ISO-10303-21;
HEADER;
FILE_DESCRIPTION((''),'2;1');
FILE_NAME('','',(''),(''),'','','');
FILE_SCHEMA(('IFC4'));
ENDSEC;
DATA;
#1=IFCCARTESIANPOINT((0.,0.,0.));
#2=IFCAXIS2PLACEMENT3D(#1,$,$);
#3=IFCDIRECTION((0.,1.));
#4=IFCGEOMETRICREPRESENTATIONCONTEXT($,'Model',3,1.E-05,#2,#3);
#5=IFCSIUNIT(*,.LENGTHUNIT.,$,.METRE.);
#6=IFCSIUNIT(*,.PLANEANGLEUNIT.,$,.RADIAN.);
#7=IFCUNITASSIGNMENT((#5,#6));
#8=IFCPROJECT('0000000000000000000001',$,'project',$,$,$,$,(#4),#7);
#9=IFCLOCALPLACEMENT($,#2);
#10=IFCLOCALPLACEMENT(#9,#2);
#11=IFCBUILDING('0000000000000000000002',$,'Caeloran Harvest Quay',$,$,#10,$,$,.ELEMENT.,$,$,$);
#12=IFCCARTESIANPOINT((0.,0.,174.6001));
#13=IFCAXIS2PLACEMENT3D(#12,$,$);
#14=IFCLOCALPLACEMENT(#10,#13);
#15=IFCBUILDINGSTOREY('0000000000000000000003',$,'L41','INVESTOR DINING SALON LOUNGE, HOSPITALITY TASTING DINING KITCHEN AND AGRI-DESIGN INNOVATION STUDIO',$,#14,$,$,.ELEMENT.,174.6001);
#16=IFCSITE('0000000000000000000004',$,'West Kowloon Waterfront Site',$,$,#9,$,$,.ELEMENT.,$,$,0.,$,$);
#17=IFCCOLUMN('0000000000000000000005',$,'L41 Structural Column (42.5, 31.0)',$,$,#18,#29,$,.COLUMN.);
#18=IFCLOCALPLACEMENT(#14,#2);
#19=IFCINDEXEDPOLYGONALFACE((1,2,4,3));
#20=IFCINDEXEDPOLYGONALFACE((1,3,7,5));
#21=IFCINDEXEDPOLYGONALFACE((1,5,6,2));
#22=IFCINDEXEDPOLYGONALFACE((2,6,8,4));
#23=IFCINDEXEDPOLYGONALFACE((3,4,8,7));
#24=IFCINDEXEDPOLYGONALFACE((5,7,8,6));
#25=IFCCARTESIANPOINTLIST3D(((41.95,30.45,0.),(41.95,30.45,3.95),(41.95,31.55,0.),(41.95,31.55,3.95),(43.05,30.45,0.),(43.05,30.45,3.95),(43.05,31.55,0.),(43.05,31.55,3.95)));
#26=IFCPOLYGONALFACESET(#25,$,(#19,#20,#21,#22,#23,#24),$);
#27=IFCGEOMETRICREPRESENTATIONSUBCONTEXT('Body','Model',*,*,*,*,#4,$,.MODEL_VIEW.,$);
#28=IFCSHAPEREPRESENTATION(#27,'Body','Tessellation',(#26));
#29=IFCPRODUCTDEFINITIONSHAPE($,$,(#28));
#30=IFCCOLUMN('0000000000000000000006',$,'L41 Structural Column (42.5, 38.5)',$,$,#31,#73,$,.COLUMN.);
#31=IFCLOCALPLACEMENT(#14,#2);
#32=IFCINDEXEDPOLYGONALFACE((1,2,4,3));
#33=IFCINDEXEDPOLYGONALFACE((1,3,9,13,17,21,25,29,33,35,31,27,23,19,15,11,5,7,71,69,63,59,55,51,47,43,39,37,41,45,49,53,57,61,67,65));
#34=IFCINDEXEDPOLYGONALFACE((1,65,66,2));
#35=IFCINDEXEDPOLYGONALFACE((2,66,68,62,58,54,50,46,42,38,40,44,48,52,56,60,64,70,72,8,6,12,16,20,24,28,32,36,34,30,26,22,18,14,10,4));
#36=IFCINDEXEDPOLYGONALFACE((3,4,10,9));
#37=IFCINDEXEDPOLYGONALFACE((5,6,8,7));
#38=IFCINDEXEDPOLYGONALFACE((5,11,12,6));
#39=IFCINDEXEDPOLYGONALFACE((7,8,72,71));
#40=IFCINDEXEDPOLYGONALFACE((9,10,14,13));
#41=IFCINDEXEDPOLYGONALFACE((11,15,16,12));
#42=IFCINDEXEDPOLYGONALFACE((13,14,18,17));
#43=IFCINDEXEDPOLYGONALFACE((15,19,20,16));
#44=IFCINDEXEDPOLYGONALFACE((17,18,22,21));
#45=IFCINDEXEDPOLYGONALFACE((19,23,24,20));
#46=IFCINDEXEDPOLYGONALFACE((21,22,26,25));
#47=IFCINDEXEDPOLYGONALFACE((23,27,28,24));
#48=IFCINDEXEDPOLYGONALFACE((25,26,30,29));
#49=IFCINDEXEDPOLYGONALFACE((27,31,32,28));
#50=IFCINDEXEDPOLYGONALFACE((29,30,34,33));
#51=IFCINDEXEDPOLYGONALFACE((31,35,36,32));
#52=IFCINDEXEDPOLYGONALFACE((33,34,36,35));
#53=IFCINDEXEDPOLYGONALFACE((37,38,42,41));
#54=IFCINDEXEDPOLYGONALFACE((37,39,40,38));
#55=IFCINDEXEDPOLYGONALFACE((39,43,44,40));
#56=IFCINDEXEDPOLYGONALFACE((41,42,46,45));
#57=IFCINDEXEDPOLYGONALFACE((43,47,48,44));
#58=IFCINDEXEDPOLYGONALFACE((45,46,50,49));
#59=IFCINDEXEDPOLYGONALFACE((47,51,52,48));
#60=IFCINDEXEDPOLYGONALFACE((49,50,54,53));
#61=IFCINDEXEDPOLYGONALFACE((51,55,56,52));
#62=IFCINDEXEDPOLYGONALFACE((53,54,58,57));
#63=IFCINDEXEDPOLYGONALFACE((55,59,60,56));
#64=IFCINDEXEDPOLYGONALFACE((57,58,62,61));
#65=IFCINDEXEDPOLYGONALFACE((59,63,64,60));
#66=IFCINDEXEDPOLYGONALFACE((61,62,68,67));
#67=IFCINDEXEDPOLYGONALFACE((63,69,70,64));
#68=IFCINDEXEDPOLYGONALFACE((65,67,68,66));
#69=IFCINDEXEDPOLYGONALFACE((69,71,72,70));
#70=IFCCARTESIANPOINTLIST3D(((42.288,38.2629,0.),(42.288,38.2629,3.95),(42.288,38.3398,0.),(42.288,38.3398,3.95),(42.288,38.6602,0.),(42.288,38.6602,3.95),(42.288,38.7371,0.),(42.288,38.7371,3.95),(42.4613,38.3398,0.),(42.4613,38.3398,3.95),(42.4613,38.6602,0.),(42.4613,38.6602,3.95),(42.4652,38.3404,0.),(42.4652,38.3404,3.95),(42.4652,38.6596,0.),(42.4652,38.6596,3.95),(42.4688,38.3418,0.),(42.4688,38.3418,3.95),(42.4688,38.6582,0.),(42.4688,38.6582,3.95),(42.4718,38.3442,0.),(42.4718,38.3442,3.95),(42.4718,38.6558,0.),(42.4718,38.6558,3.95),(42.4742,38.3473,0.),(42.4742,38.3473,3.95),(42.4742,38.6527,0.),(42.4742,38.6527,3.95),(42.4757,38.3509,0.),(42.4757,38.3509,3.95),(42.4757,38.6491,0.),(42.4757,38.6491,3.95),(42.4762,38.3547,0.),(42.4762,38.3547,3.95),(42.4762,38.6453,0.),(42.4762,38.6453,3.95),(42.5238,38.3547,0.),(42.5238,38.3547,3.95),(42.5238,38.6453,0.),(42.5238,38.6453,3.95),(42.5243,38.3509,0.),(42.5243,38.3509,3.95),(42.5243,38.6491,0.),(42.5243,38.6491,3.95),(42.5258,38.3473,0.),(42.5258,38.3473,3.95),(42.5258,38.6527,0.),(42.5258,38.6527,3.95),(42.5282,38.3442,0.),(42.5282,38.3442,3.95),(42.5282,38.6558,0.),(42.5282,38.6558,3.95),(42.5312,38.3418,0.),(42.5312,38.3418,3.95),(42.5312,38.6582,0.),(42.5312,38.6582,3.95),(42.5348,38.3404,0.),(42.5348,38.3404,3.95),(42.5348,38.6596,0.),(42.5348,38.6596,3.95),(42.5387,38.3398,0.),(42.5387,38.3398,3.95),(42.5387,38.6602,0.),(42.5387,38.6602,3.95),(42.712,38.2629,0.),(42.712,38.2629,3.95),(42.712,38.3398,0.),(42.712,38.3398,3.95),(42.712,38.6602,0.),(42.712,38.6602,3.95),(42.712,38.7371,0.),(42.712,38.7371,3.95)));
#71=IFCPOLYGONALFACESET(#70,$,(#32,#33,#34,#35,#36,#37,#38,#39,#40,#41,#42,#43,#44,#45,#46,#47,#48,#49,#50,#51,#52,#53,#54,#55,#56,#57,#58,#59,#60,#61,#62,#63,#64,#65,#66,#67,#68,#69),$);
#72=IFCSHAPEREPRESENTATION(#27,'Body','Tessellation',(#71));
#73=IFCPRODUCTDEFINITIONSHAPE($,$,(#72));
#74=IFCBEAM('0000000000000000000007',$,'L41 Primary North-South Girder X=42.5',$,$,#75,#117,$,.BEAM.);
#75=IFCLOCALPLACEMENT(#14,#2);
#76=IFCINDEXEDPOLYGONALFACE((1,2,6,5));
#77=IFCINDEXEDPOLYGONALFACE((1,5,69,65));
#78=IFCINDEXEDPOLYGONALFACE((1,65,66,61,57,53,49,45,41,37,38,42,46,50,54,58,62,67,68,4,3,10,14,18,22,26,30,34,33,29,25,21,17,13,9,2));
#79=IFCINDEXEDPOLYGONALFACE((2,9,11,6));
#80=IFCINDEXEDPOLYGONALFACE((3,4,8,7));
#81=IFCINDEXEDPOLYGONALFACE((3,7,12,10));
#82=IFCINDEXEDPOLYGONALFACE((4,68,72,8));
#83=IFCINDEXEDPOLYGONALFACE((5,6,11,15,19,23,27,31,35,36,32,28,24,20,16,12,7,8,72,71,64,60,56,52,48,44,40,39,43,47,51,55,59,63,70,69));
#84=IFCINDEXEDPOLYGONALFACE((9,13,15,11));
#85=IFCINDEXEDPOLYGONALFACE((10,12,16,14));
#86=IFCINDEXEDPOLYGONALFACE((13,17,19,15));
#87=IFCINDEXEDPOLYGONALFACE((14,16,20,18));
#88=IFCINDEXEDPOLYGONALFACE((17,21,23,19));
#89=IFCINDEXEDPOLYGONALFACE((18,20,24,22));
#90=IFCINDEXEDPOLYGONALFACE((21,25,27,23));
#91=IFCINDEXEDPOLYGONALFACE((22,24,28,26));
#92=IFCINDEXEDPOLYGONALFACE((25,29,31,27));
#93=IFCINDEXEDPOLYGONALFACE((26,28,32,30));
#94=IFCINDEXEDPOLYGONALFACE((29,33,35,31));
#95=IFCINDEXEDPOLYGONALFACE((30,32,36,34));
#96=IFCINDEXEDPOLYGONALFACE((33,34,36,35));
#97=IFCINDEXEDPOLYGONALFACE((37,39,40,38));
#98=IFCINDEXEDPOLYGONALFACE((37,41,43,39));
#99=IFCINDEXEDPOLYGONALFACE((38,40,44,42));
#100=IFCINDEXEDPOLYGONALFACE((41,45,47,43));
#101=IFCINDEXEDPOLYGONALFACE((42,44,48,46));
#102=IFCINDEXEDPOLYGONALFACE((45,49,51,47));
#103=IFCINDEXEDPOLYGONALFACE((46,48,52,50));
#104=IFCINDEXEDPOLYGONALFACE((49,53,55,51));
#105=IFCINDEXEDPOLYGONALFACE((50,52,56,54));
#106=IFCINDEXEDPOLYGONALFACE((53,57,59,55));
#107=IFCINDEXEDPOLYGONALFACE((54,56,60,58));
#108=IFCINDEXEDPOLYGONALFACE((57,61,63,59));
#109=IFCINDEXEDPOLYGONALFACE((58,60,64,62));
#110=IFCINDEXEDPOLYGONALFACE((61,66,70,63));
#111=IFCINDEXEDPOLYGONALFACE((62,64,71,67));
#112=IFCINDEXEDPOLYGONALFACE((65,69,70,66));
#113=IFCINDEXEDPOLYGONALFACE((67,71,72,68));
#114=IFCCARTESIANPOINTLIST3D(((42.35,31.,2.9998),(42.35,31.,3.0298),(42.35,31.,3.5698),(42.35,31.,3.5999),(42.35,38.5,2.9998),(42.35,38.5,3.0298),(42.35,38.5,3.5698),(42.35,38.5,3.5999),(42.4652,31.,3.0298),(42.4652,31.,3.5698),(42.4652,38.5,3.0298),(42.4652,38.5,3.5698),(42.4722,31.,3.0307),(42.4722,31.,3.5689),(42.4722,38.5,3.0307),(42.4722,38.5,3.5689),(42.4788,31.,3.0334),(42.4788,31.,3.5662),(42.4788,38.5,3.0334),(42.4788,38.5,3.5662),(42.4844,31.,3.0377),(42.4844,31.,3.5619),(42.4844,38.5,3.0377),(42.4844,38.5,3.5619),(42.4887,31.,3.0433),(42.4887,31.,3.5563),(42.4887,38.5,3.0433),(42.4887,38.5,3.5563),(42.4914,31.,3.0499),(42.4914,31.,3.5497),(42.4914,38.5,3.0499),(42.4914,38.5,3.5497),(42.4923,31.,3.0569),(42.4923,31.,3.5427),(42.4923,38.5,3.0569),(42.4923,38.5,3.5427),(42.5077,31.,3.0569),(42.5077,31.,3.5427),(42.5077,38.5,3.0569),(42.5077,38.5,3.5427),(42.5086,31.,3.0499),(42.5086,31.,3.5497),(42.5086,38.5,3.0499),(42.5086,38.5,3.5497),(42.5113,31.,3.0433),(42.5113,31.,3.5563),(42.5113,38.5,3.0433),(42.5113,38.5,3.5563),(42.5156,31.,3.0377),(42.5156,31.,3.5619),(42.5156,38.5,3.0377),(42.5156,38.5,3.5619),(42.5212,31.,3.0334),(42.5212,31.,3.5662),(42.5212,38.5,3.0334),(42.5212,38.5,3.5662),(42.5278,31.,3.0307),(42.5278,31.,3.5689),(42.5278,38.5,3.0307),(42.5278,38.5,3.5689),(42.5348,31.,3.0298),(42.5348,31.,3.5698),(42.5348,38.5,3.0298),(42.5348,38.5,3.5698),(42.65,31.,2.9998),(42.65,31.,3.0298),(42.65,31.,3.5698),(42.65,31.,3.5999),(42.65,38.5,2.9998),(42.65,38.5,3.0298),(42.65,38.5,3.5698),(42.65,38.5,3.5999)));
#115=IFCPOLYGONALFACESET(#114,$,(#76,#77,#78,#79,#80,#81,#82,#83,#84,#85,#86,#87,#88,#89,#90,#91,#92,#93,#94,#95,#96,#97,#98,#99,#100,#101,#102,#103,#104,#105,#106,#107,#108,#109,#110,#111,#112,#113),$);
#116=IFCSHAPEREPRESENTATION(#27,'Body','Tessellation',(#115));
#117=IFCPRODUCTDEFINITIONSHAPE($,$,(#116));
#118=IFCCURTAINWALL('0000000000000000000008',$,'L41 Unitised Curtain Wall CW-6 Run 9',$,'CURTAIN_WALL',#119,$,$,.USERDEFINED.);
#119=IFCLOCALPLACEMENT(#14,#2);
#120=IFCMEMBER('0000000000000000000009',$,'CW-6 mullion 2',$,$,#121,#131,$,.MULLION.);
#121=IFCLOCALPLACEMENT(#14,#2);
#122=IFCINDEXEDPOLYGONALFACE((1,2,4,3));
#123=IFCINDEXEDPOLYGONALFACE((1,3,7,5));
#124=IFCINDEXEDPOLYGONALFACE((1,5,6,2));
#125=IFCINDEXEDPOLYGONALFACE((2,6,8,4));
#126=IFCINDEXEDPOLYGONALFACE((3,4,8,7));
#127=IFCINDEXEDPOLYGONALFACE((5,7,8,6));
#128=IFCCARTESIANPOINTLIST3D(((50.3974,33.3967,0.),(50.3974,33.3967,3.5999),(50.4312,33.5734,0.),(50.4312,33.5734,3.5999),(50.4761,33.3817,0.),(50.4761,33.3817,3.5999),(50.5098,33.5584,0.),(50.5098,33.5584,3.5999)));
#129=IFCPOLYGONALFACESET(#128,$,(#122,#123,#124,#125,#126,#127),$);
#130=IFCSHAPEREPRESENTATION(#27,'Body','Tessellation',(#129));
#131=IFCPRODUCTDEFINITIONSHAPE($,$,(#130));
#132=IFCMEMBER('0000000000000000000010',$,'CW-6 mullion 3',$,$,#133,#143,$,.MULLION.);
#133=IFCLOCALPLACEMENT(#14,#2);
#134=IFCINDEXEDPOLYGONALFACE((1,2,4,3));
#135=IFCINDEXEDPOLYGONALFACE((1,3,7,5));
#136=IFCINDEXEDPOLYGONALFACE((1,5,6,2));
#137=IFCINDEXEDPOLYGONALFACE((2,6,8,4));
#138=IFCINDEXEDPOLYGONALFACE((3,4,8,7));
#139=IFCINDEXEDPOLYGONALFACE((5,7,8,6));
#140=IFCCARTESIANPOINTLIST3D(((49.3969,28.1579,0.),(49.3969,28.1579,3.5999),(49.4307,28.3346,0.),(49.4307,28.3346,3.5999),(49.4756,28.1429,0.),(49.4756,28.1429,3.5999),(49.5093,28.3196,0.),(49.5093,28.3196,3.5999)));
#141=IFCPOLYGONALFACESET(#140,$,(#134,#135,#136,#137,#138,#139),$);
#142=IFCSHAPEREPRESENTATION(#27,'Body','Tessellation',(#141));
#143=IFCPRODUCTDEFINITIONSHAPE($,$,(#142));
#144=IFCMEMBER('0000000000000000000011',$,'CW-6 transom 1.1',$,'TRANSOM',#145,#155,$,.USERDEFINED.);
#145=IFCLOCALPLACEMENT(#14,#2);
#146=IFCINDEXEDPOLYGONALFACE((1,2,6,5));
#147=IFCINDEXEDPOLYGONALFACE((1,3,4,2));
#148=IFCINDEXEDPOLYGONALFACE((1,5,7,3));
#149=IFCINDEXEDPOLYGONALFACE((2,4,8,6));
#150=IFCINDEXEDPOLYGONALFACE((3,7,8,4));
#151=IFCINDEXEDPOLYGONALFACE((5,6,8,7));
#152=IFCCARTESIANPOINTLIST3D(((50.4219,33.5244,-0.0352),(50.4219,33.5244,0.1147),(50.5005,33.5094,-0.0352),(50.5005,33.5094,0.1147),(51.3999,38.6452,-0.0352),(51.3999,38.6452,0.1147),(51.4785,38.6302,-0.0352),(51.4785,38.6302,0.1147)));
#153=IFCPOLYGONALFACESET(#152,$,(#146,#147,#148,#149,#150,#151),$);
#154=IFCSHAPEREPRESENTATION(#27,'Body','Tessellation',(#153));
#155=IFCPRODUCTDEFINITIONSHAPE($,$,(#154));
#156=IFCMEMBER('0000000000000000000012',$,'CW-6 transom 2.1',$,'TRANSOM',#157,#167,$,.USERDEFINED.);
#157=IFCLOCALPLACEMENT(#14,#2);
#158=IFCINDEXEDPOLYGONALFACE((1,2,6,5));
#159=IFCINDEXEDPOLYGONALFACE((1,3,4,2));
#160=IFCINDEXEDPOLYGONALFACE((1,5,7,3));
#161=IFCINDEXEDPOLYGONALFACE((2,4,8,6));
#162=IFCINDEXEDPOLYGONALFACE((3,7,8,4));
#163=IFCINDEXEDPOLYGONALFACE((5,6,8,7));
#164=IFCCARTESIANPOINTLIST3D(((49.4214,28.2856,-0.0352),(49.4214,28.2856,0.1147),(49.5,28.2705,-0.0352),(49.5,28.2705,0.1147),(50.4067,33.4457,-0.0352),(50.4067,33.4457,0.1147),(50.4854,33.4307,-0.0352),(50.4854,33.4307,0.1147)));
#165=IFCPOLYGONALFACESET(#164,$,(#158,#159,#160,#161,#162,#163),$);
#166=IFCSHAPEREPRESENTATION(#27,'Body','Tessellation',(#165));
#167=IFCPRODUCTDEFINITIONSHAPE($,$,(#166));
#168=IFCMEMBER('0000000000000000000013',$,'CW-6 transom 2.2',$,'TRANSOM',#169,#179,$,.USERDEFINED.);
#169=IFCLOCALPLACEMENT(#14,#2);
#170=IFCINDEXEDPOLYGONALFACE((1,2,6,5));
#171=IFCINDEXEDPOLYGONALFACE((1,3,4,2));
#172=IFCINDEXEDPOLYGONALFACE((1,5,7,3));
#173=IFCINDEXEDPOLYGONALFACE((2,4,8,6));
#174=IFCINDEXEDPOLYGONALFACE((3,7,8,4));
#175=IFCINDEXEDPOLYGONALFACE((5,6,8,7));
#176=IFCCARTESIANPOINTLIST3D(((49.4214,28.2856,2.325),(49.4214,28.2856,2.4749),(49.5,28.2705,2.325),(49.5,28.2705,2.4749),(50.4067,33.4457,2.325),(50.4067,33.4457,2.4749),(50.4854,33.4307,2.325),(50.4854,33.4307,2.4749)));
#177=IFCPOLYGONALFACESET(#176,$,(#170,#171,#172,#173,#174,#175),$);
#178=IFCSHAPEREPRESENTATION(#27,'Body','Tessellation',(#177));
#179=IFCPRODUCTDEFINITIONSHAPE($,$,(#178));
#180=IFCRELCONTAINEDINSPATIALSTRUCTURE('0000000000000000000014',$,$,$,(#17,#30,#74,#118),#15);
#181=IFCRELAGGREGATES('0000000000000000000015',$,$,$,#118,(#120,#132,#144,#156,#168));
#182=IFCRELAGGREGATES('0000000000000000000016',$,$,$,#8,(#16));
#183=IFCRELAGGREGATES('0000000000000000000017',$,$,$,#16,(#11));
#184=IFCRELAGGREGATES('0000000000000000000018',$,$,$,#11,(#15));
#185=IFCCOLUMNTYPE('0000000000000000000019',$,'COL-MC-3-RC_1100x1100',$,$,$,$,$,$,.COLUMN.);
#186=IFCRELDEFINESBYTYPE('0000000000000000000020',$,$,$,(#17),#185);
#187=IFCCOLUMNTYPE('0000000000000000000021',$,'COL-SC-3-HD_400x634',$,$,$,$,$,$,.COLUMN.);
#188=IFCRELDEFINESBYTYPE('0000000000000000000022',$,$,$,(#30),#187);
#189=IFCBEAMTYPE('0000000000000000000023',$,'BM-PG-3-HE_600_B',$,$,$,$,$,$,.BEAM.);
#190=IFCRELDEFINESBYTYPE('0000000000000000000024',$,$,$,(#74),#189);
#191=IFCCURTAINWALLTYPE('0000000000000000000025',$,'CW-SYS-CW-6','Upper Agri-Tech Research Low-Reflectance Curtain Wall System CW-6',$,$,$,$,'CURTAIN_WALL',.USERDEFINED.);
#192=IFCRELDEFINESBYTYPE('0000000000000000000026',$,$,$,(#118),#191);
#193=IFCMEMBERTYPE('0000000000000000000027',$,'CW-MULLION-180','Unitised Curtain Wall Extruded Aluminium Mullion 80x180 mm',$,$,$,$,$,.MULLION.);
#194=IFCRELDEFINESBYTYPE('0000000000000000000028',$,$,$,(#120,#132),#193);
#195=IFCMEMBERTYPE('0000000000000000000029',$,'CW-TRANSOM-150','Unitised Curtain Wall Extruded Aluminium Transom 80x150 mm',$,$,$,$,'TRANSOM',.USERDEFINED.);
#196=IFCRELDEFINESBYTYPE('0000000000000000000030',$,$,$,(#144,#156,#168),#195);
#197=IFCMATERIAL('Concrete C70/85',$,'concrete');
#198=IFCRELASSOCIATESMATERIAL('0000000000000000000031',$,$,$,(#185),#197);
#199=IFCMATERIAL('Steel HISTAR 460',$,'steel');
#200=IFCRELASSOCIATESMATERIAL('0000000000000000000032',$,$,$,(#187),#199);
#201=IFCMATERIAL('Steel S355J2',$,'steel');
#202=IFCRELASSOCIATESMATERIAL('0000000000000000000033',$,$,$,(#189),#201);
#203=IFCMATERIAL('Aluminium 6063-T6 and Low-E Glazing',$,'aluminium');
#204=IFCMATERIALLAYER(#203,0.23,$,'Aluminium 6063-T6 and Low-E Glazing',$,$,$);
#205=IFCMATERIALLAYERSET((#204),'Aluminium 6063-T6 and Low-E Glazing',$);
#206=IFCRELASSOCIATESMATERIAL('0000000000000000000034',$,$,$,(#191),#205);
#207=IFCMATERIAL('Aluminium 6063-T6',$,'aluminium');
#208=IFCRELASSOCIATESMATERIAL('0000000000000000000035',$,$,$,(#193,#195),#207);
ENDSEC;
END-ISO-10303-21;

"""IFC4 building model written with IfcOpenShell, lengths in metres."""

from ifc_helpers import new_model, si_unit, direction, frame, origin, origin_2d, place, context, subcontext, project, spatial, rectangle, i_section, extrude, material, layer, layer_set, material_profile, profile_set, type_object, element, aggregate, save


model = new_model("IFC4")

# Units and contexts
model_context = context("Model", 3, precision=1e-05, world=origin(), true_north=direction((0.0, 1.0)))
body_context = subcontext(model_context, "Body", "Model", "MODEL_VIEW")
ifc_project = project(units=[si_unit("LENGTHUNIT", "METRE"), si_unit("PLANEANGLEUNIT", "RADIAN")], contexts=[model_context])

# Site, building, storey
site_placement = place(None, origin())
site = spatial("IfcSite", under=ifc_project, at=site_placement, Name="West Kowloon Waterfront Site", CompositionType="ELEMENT", RefElevation=0.0)
building_placement = place(site_placement, origin())
building = spatial("IfcBuilding", under=site, at=building_placement, Name="Caeloran Harvest Quay", CompositionType="ELEMENT")
storey_placement = place(building_placement, frame((0.0, 0.0, 174.6001)))
storey = spatial("IfcBuildingStorey", under=building, at=storey_placement, Name="L41", Description="INVESTOR DINING SALON LOUNGE, HOSPITALITY TASTING DINING KITCHEN AND AGRI-DESIGN INNOVATION STUDIO", CompositionType="ELEMENT", Elevation=174.6001)

# Columns
ifc_material_1 = material(Name="Concrete C70/85", Category="concrete")
ifc_material_profile_1 = material_profile(ifc_material_1, rectangle(XDim=1.1001, YDim=1.1001, at=origin_2d()), Name="RC 1100x1100")
ifc_profile_set_1 = profile_set([ifc_material_profile_1], Name="Concrete C70/85")
column_type_1 = type_object("IfcColumnType", Name="COL-MC-3-RC_1100x1100", PredefinedType="COLUMN", material=ifc_profile_set_1)
column_1_placement = place(storey_placement, frame((42.5, 31.0, 0.0), z_axis=(0.0, 0.0, 1.0), x_axis=(1.0, 0.0, 0.0)))
element("IfcColumn", 1, at=column_1_placement, inside=storey, type_object=column_type_1, Name="L41 Structural Column (42.5, 31.0)", PredefinedType="COLUMN", context=body_context, shape_type="SweptSolid", body=[
    extrude(rectangle(XDim=1.1001, YDim=1.1001, at=origin_2d()), origin(), (0.0, 0.0, 1.0), 3.95),
])
ifc_material_2 = material(Name="Steel HISTAR 460", Category="steel")
ifc_material_profile_2 = material_profile(ifc_material_2, i_section(OverallWidth=0.4241, OverallDepth=0.4741, WebThickness=0.0476, FlangeThickness=0.0769, FilletRadius=0.0149, at=origin_2d()), Name="HD 400x634")
ifc_profile_set_2 = profile_set([ifc_material_profile_2], Name="Steel HISTAR 460")
column_type_2 = type_object("IfcColumnType", Name="COL-SC-3-HD_400x634", PredefinedType="COLUMN", material=ifc_profile_set_2)
column_2_placement = place(storey_placement, frame((42.5, 38.5, 0.0), z_axis=(0.0, 0.0, 1.0), x_axis=(1.0, 0.0, 0.0)))
element("IfcColumn", 2, at=column_2_placement, inside=storey, type_object=column_type_2, Name="L41 Structural Column (42.5, 38.5)", PredefinedType="COLUMN", context=body_context, shape_type="SweptSolid", body=[
    extrude(i_section(OverallWidth=0.4241, OverallDepth=0.4741, WebThickness=0.0476, FlangeThickness=0.0769, FilletRadius=0.0149, at=origin_2d()), origin(), (0.0, 0.0, 1.0), 3.95),
])

# Beam
ifc_material_3 = material(Name="Steel S355J2", Category="steel")
ifc_material_profile_3 = material_profile(ifc_material_3, i_section(OverallWidth=0.3, OverallDepth=0.6001, WebThickness=0.0154, FlangeThickness=0.03, FilletRadius=0.0271, at=origin_2d()), Name="HE 600 B")
ifc_profile_set_3 = profile_set([ifc_material_profile_3], Name="Steel S355J2")
beam_type = type_object("IfcBeamType", Name="BM-PG-3-HE_600_B", PredefinedType="BEAM", material=ifc_profile_set_3)
beam_placement = place(storey_placement, frame((42.5, 31.0, 3.2998), z_axis=(0.0, 1.0, 0.0), x_axis=(-1.0, 0.0, 0.0)))
element("IfcBeam", 3, at=beam_placement, inside=storey, type_object=beam_type, Name="L41 Primary North-South Girder X=42.5", PredefinedType="BEAM", context=body_context, shape_type="SweptSolid", body=[
    extrude(i_section(OverallWidth=0.3, OverallDepth=0.6001, WebThickness=0.0154, FlangeThickness=0.03, FilletRadius=0.0271, at=origin_2d()), origin(), (0.0, 0.0, 1.0), 7.5),
])

# Curtain wall, members
ifc_material_4 = material(Name="Aluminium 6063-T6 and Low-E Glazing", Category="aluminium")
ifc_layer_1 = layer(ifc_material_4, 0.23, Name="Aluminium 6063-T6 and Low-E Glazing")
ifc_layer_set_1 = layer_set([ifc_layer_1], Name="Aluminium 6063-T6 and Low-E Glazing")
curtain_wall_type = type_object("IfcCurtainWallType", Name="CW-SYS-CW-6", Description="Upper Agri-Tech Research Low-Reflectance Curtain Wall System CW-6", ElementType="CURTAIN_WALL", PredefinedType="USERDEFINED", material=ifc_layer_set_1)
curtain_wall_placement = place(storey_placement, origin())
curtain_wall = element("IfcCurtainWall", 4, at=curtain_wall_placement, inside=storey, type_object=curtain_wall_type, Name="L41 Unitised Curtain Wall CW-6 Run 9", ObjectType="CURTAIN_WALL", PredefinedType="USERDEFINED")
ifc_material_5 = material(Name="Aluminium 6063-T6", Category="aluminium")
ifc_material_profile_4 = material_profile(ifc_material_5, rectangle(XDim=0.0801, YDim=0.1799, at=origin_2d()), Name="CW-MULLION-180")
ifc_profile_set_4 = profile_set([ifc_material_profile_4], Name="Aluminium 6063-T6")
member_type_1 = type_object("IfcMemberType", Name="CW-MULLION-180", Description="Unitised Curtain Wall Extruded Aluminium Mullion 80x180 mm", PredefinedType="MULLION", material=ifc_profile_set_4)
member_1_placement = place(storey_placement, frame((50.4536, 33.4775, 0.0), z_axis=(0.0, 0.0, 1.0), x_axis=(0.982248, -0.187588, 0.0)))
member_1 = element("IfcMember", 5, at=member_1_placement, type_object=member_type_1, Name="CW-6 mullion 2", PredefinedType="MULLION", context=body_context, shape_type="SweptSolid", body=[
    extrude(rectangle(XDim=0.0801, YDim=0.1799, at=origin_2d()), origin(), (0.0, 0.0, 1.0), 3.5999),
])
member_2_placement = place(storey_placement, frame((49.4531, 28.2388, 0.0), z_axis=(0.0, 0.0, 1.0), x_axis=(0.982248, -0.187588, 0.0)))
member_2 = element("IfcMember", 6, at=member_2_placement, type_object=member_type_1, Name="CW-6 mullion 3", PredefinedType="MULLION", context=body_context, shape_type="SweptSolid", body=[
    extrude(rectangle(XDim=0.0801, YDim=0.1799, at=origin_2d()), origin(), (0.0, 0.0, 1.0), 3.5999),
])
ifc_material_profile_5 = material_profile(ifc_material_5, rectangle(XDim=0.0801, YDim=0.1499, at=origin_2d()), Name="CW-TRANSOM-150")
ifc_profile_set_5 = profile_set([ifc_material_profile_5], Name="Aluminium 6063-T6")
member_type_2 = type_object("IfcMemberType", Name="CW-TRANSOM-150", Description="Unitised Curtain Wall Extruded Aluminium Transom 80x150 mm", ElementType="TRANSOM", PredefinedType="USERDEFINED", material=ifc_profile_set_5)
member_3_placement = place(storey_placement, frame((51.4392, 38.6377, 0.0398), z_axis=(-0.187598, -0.982246, 0.0), x_axis=(0.982246, -0.187598, 0.0)))
member_3 = element("IfcMember", 7, at=member_3_placement, type_object=member_type_2, Name="CW-6 transom 1.1", ObjectType="TRANSOM", PredefinedType="USERDEFINED", context=body_context, shape_type="SweptSolid", body=[
    extrude(rectangle(XDim=0.0801, YDim=0.1499, at=origin_2d()), origin(), (0.0, 0.0, 1.0), 5.2134),
])
member_4_placement = place(storey_placement, frame((50.446, 33.4382, 0.0398), z_axis=(-0.187565, -0.982252, 0.0), x_axis=(0.982252, -0.187565, 0.0)))
member_4 = element("IfcMember", 8, at=member_4_placement, type_object=member_type_2, Name="CW-6 transom 2.1", ObjectType="TRANSOM", PredefinedType="USERDEFINED", context=body_context, shape_type="SweptSolid", body=[
    extrude(rectangle(XDim=0.0801, YDim=0.1499, at=origin_2d()), origin(), (0.0, 0.0, 1.0), 5.2534),
])
member_5_placement = place(storey_placement, frame((50.446, 33.4382, 2.3999), z_axis=(-0.187565, -0.982252, 0.0), x_axis=(0.982252, -0.187565, 0.0)))
member_5 = element("IfcMember", 9, at=member_5_placement, type_object=member_type_2, Name="CW-6 transom 2.2", ObjectType="TRANSOM", PredefinedType="USERDEFINED", context=body_context, shape_type="SweptSolid", body=[
    extrude(rectangle(XDim=0.0801, YDim=0.1499, at=origin_2d()), origin(), (0.0, 0.0, 1.0), 5.2534),
])
aggregate(curtain_wall, [member_1, member_2, member_3, member_4, member_5])

save(model, "model.ifc")
